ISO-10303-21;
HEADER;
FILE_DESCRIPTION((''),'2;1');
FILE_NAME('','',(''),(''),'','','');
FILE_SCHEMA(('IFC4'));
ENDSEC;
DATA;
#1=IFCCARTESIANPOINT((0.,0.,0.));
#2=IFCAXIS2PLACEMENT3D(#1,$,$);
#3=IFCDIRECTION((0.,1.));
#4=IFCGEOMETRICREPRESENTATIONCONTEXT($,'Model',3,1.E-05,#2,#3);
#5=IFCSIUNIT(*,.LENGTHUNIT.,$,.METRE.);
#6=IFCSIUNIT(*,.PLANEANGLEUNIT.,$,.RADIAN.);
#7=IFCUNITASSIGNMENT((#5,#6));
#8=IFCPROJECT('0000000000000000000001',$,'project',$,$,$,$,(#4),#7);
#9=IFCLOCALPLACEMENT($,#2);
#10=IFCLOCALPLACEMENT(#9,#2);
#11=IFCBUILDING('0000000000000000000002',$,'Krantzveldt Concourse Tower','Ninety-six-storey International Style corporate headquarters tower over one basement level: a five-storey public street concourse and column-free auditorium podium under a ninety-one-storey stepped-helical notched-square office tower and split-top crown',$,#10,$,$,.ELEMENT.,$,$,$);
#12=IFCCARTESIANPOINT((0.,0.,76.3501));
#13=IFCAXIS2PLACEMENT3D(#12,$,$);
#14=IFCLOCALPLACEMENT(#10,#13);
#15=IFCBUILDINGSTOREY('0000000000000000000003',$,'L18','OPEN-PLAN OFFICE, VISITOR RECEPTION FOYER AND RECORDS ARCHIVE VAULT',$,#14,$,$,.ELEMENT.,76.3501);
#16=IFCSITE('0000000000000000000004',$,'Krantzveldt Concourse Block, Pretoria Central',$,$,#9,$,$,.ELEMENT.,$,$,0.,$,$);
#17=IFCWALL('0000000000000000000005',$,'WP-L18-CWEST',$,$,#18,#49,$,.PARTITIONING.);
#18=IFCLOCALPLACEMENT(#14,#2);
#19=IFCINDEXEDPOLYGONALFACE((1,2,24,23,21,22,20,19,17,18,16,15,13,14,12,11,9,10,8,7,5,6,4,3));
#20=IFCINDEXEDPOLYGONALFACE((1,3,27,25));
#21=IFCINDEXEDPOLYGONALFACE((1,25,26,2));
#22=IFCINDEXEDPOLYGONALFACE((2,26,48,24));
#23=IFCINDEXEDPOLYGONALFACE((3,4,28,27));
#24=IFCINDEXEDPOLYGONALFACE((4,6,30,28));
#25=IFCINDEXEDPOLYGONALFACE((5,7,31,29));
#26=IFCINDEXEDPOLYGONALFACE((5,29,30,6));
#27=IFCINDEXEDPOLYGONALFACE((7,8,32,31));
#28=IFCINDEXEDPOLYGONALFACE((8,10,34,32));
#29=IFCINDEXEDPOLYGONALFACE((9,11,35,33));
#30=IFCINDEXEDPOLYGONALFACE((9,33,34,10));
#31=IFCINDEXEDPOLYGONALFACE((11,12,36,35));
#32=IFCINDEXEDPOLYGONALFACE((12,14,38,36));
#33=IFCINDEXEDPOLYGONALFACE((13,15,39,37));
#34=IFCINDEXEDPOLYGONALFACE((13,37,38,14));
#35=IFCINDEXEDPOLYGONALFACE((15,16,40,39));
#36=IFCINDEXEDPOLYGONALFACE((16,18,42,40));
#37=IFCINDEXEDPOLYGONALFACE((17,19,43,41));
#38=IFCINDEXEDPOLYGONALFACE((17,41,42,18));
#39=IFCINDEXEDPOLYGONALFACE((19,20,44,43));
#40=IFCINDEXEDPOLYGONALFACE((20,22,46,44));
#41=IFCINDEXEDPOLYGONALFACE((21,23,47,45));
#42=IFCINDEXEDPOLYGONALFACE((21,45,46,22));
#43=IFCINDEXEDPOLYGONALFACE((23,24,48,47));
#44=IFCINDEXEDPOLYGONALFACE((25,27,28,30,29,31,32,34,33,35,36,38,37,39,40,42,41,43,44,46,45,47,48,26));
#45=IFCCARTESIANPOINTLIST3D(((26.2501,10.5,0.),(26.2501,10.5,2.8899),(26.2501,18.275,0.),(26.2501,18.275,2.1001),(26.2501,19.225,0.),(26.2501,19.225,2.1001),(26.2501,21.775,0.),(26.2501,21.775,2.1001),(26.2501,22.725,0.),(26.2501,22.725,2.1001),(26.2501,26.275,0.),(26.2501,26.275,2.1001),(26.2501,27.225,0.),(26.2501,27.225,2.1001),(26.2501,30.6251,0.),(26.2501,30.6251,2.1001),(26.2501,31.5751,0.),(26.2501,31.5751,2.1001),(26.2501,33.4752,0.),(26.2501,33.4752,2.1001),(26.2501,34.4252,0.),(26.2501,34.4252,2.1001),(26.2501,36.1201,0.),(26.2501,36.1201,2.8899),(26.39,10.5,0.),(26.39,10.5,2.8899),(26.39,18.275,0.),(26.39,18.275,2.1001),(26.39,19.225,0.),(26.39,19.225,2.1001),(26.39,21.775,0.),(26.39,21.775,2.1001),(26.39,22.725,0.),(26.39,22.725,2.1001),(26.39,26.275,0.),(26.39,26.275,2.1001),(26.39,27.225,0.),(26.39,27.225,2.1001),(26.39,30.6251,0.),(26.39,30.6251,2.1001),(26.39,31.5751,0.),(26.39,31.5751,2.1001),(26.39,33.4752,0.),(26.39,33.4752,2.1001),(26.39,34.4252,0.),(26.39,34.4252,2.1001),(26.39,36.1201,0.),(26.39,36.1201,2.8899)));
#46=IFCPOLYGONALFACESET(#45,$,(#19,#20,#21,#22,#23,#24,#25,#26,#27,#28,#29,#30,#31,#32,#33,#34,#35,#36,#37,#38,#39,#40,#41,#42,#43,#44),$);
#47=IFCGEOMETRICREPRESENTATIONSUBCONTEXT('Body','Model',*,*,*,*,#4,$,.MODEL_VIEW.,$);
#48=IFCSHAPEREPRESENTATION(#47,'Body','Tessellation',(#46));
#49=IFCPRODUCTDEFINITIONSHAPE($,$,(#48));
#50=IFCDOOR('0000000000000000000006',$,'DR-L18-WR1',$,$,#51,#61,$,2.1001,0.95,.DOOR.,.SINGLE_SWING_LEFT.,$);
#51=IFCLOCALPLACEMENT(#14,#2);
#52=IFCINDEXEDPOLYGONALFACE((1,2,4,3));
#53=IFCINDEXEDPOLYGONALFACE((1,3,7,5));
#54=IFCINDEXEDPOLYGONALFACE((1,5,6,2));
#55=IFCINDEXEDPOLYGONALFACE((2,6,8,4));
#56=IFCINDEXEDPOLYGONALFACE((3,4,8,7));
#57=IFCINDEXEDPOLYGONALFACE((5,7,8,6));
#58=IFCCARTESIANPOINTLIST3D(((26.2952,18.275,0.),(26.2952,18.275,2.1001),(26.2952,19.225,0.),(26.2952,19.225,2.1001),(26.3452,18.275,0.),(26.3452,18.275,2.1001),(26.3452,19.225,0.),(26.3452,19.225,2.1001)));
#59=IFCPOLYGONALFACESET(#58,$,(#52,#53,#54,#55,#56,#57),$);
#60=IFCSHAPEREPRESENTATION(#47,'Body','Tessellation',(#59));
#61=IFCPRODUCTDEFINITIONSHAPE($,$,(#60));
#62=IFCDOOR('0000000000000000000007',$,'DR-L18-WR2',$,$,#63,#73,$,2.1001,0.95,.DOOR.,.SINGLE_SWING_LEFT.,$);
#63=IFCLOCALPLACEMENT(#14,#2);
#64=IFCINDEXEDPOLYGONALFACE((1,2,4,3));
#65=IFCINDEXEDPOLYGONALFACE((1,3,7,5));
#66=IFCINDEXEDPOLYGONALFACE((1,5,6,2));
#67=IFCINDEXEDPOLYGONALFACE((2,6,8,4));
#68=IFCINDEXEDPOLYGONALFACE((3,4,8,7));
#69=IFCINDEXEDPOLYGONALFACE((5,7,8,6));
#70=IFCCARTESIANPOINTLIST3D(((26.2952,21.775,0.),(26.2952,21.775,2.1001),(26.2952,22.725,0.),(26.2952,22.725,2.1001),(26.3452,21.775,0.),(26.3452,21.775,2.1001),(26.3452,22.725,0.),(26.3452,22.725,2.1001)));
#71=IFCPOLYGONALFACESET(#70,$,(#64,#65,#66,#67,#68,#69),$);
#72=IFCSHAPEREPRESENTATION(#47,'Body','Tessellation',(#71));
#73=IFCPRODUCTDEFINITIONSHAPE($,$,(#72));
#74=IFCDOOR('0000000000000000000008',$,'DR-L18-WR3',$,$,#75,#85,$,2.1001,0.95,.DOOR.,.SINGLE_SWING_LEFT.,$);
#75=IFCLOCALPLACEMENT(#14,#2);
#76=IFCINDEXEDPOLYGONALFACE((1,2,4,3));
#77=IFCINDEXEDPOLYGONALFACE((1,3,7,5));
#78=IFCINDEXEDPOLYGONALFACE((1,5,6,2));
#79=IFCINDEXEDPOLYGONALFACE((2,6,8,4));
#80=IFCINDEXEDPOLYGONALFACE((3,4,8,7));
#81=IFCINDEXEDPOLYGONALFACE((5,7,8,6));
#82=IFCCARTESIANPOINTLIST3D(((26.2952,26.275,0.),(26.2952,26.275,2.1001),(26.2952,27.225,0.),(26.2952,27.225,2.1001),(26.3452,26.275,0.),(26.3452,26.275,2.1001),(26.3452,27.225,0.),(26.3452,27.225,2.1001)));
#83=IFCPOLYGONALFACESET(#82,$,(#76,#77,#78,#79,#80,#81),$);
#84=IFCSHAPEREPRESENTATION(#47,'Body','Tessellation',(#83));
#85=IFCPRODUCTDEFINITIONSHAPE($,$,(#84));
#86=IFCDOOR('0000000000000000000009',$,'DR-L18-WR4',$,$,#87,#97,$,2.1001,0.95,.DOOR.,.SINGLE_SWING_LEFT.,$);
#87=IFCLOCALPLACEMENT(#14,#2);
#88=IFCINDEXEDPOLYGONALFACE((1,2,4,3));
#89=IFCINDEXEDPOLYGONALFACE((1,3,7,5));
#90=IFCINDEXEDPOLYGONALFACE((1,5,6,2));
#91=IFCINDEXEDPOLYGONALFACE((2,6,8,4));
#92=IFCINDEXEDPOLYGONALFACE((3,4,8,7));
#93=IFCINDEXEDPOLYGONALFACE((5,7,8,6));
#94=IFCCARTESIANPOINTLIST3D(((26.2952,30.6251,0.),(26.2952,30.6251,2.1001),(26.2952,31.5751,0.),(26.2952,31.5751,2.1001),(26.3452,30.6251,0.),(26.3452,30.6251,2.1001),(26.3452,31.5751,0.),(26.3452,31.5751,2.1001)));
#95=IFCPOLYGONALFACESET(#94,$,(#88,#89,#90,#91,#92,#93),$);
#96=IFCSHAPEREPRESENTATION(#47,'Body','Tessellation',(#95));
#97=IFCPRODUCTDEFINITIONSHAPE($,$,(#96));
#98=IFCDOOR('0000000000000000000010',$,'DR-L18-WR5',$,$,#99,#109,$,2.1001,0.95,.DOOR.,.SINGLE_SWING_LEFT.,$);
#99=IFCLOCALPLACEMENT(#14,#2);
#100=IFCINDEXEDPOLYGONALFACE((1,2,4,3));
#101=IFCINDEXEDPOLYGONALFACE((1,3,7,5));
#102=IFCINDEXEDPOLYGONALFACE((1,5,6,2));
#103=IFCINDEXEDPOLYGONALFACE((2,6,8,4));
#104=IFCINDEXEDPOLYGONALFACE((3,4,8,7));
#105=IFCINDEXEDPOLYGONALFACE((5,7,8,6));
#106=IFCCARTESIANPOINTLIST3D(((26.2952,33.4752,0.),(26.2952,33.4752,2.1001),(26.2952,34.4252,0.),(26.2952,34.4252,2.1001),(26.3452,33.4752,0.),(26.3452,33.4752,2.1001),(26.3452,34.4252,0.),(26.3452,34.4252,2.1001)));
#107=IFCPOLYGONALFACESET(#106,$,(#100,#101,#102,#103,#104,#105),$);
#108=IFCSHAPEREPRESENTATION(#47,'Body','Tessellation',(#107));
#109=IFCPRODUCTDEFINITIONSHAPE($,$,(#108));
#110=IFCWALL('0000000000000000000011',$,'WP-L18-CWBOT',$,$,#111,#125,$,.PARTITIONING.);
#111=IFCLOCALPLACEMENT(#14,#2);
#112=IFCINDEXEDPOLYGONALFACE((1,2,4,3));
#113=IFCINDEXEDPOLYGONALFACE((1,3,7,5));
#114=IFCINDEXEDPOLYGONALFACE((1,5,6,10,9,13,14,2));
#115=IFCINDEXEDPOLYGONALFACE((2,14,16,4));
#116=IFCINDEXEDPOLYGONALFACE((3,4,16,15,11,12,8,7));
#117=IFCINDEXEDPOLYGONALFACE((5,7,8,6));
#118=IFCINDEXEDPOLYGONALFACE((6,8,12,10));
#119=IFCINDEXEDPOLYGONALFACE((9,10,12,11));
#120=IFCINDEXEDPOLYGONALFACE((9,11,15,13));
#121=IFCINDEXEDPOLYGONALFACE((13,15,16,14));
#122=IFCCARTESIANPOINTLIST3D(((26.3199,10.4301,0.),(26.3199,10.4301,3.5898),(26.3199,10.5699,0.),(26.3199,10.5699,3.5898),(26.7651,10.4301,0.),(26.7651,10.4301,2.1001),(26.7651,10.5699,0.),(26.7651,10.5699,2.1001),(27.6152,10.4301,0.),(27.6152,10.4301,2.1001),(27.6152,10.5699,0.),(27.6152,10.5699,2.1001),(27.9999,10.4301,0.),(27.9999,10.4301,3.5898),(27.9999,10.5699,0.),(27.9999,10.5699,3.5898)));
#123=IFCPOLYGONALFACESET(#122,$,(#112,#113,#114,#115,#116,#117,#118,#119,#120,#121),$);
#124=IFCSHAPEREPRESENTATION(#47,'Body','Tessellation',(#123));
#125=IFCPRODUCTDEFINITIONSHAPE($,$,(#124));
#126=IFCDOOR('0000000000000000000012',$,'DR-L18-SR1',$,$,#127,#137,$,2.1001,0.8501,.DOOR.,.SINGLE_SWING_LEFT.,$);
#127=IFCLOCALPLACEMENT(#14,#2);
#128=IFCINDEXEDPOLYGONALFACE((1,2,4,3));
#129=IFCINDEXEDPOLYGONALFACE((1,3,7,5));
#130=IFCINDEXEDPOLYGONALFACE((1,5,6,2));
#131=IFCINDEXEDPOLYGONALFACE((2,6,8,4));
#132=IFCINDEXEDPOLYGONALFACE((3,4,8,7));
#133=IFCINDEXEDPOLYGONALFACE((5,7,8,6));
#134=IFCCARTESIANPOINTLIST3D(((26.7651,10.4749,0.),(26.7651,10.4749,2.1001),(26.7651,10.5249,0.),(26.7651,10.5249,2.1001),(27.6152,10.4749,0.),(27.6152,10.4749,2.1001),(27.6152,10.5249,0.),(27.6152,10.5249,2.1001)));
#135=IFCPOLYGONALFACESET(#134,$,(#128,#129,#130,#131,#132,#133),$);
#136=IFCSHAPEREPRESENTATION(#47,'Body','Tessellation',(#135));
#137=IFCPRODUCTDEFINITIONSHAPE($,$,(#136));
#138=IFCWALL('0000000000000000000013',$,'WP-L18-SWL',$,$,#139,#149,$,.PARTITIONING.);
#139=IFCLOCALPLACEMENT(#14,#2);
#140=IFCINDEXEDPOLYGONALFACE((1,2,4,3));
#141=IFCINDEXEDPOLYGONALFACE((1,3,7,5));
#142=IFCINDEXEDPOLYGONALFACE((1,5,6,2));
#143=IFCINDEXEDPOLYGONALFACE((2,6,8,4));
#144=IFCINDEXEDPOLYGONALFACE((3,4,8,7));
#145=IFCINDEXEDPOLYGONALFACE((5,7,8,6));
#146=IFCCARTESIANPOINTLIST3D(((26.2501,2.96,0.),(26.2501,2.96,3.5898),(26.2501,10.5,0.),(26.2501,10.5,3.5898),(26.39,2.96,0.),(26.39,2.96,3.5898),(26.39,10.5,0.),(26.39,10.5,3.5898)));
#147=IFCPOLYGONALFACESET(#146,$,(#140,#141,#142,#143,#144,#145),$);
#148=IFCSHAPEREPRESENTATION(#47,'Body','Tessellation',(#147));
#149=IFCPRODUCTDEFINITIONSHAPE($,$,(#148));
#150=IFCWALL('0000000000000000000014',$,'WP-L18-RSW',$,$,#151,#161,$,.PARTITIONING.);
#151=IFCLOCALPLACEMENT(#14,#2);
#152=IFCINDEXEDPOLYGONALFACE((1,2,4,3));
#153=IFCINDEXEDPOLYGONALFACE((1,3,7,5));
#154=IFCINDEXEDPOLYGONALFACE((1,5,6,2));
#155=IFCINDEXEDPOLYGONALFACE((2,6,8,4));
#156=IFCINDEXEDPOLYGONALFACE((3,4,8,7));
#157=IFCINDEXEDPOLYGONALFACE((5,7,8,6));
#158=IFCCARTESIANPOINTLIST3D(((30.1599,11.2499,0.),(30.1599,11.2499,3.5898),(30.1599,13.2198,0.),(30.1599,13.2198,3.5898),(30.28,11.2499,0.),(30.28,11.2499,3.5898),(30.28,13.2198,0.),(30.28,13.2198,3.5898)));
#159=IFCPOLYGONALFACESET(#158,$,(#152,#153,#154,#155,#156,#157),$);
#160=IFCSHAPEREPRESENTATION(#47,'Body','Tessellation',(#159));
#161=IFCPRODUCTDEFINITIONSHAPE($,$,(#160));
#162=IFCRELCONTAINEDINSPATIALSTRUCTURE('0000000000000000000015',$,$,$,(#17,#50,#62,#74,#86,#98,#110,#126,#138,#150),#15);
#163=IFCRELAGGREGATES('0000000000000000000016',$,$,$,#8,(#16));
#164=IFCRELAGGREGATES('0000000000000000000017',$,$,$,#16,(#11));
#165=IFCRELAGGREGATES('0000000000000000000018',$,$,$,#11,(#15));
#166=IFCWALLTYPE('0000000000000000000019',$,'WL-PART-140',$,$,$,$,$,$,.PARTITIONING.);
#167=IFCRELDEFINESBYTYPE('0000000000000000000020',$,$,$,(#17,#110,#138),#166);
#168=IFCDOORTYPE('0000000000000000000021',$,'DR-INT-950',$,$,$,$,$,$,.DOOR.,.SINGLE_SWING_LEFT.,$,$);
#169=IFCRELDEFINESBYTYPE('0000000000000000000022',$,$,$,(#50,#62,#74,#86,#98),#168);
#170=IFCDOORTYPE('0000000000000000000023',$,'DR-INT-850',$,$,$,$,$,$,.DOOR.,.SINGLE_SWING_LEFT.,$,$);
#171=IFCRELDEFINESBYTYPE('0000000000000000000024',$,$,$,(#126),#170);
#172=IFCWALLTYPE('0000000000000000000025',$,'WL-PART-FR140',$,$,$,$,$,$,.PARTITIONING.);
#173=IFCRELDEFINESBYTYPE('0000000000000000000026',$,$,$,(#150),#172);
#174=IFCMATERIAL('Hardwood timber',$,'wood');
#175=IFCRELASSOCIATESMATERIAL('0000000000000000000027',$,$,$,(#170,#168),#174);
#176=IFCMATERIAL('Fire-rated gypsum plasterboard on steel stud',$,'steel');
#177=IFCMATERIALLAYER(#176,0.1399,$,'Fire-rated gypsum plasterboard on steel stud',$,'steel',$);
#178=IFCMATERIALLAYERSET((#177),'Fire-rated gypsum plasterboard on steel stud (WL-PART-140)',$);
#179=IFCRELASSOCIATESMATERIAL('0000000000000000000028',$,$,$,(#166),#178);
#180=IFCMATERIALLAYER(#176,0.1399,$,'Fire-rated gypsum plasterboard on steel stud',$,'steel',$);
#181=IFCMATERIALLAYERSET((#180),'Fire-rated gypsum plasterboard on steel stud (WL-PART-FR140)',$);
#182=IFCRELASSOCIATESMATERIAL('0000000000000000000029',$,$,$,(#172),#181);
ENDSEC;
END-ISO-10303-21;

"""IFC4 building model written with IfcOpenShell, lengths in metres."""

from ifc_helpers import new_model, si_unit, direction, frame, frame_2d, origin, place, context, subcontext, project, spatial, rectangle, extrude, material, layer, layer_set, type_object, element, fill, save


model = new_model("IFC4")

# Units and contexts
model_context = context("Model", 3, precision=1e-05, world=origin(), true_north=direction((0.0, 1.0)))
body_context = subcontext(model_context, "Body", "Model", "MODEL_VIEW")
ifc_project = project(units=[si_unit("LENGTHUNIT", "METRE"), si_unit("PLANEANGLEUNIT", "RADIAN")], contexts=[model_context])

# Site, building, storey
site_placement = place(None, origin())
site = spatial("IfcSite", under=ifc_project, at=site_placement, Name="Krantzveldt Concourse Block, Pretoria Central", CompositionType="ELEMENT", RefElevation=0.0)
building_placement = place(site_placement, origin())
building = spatial("IfcBuilding", under=site, at=building_placement, Name="Krantzveldt Concourse Tower", Description="Ninety-six-storey International Style corporate headquarters tower over one basement level: a five-storey public street concourse and column-free auditorium podium under a ninety-one-storey stepped-helical notched-square office tower and split-top crown", CompositionType="ELEMENT")
storey_placement = place(building_placement, frame((0.0, 0.0, 76.3501)))
storey = spatial("IfcBuildingStorey", under=building, at=storey_placement, Name="L18", Description="OPEN-PLAN OFFICE, VISITOR RECEPTION FOYER AND RECORDS ARCHIVE VAULT", CompositionType="ELEMENT", Elevation=76.3501)

# Shared definitions
ifc_material_1 = material(Name="Fire-rated gypsum plasterboard on steel stud", Category="steel")
ifc_material_2 = material(Name="Hardwood timber", Category="wood")
door_type_1 = type_object("IfcDoorType", Name="DR-INT-850", OperationType="SINGLE_SWING_LEFT", PredefinedType="DOOR", material=ifc_material_2)

# Wall, openings, doors
ifc_layer_1 = layer(ifc_material_1, 0.1399, Name="Fire-rated gypsum plasterboard on steel stud", Category="steel")
ifc_layer_set_1 = layer_set([ifc_layer_1], Name="Fire-rated gypsum plasterboard on steel stud (WL-PART-140)")
wall_type_1 = type_object("IfcWallType", Name="WL-PART-140", PredefinedType="PARTITIONING", material=ifc_layer_set_1)
wall_1_placement = place(storey_placement, frame((26.3201, 10.5, 0.0), z_axis=(0.0, 0.0, 1.0), x_axis=(0.0, 1.0, 0.0)))
wall_1 = element("IfcWall", 1, at=wall_1_placement, inside=storey, type_object=wall_type_1, Name="WP-L18-CWEST", PredefinedType="PARTITIONING", context=body_context, shape_type="SweptSolid", body=[
    extrude(rectangle(XDim=25.6201, YDim=0.1399, at=frame_2d((12.8101, 0.0))), origin(), (0.0, 0.0, 1.0), 2.8899),
])
opening_1_placement = place(wall_1_placement, frame((7.7749, 0.0, 0.0)))
opening_1 = element("IfcOpeningElement", 2, at=opening_1_placement, cuts=wall_1, PredefinedType="OPENING", context=body_context, shape_type="SweptSolid", body=[
    extrude(rectangle(XDim=0.95, YDim=2.1001, at=frame_2d((0.4751, 1.05))), frame((0.0, 0.0801, 0.0), z_axis=(0.0, -1.0, 0.0), x_axis=(1.0, 0.0, 0.0)), (0.0, 0.0, 1.0), 0.1599),
])
opening_2_placement = place(wall_1_placement, frame((11.2749, 0.0, 0.0)))
opening_2 = element("IfcOpeningElement", 3, at=opening_2_placement, cuts=wall_1, PredefinedType="OPENING", context=body_context, shape_type="SweptSolid", body=[
    extrude(rectangle(XDim=0.95, YDim=2.1001, at=frame_2d((0.4751, 1.05))), frame((0.0, 0.0801, 0.0), z_axis=(0.0, -1.0, 0.0), x_axis=(1.0, 0.0, 0.0)), (0.0, 0.0, 1.0), 0.1599),
])
opening_3_placement = place(wall_1_placement, frame((15.7749, 0.0, 0.0)))
opening_3 = element("IfcOpeningElement", 4, at=opening_3_placement, cuts=wall_1, PredefinedType="OPENING", context=body_context, shape_type="SweptSolid", body=[
    extrude(rectangle(XDim=0.95, YDim=2.1001, at=frame_2d((0.4751, 1.05))), frame((0.0, 0.0801, 0.0), z_axis=(0.0, -1.0, 0.0), x_axis=(1.0, 0.0, 0.0)), (0.0, 0.0, 1.0), 0.1599),
])
opening_4_placement = place(wall_1_placement, frame((20.125, 0.0, 0.0)))
opening_4 = element("IfcOpeningElement", 5, at=opening_4_placement, cuts=wall_1, PredefinedType="OPENING", context=body_context, shape_type="SweptSolid", body=[
    extrude(rectangle(XDim=0.95, YDim=2.1001, at=frame_2d((0.4751, 1.05))), frame((0.0, 0.0801, 0.0), z_axis=(0.0, -1.0, 0.0), x_axis=(1.0, 0.0, 0.0)), (0.0, 0.0, 1.0), 0.1599),
])
opening_5_placement = place(wall_1_placement, frame((22.9751, 0.0, 0.0)))
opening_5 = element("IfcOpeningElement", 6, at=opening_5_placement, cuts=wall_1, PredefinedType="OPENING", context=body_context, shape_type="SweptSolid", body=[
    extrude(rectangle(XDim=0.95, YDim=2.1001, at=frame_2d((0.4751, 1.05))), frame((0.0, 0.0801, 0.0), z_axis=(0.0, -1.0, 0.0), x_axis=(1.0, 0.0, 0.0)), (0.0, 0.0, 1.0), 0.1599),
])
door_type_2 = type_object("IfcDoorType", Name="DR-INT-950", OperationType="SINGLE_SWING_LEFT", PredefinedType="DOOR", material=ifc_material_2)
door_1_placement = place(opening_1_placement, origin())
door_1 = element("IfcDoor", 7, at=door_1_placement, inside=storey, type_object=door_type_2, Name="DR-L18-WR1", OperationType="SINGLE_SWING_LEFT", OverallHeight=2.1001, OverallWidth=0.95, PredefinedType="DOOR", context=body_context, shape_type="SweptSolid", body=[
    extrude(rectangle(XDim=0.95, YDim=2.1001, at=frame_2d((0.4751, 1.05))), frame((0.0, 0.0249, 0.0), z_axis=(0.0, -1.0, 0.0), x_axis=(1.0, 0.0, 0.0)), (0.0, 0.0, 1.0), 0.05),
])
fill(opening_1, door_1)
door_2_placement = place(opening_2_placement, origin())
door_2 = element("IfcDoor", 8, at=door_2_placement, inside=storey, type_object=door_type_2, Name="DR-L18-WR2", OperationType="SINGLE_SWING_LEFT", OverallHeight=2.1001, OverallWidth=0.95, PredefinedType="DOOR", context=body_context, shape_type="SweptSolid", body=[
    extrude(rectangle(XDim=0.95, YDim=2.1001, at=frame_2d((0.4751, 1.05))), frame((0.0, 0.0249, 0.0), z_axis=(0.0, -1.0, 0.0), x_axis=(1.0, 0.0, 0.0)), (0.0, 0.0, 1.0), 0.05),
])
fill(opening_2, door_2)
door_3_placement = place(opening_3_placement, origin())
door_3 = element("IfcDoor", 9, at=door_3_placement, inside=storey, type_object=door_type_2, Name="DR-L18-WR3", OperationType="SINGLE_SWING_LEFT", OverallHeight=2.1001, OverallWidth=0.95, PredefinedType="DOOR", context=body_context, shape_type="SweptSolid", body=[
    extrude(rectangle(XDim=0.95, YDim=2.1001, at=frame_2d((0.4751, 1.05))), frame((0.0, 0.0249, 0.0), z_axis=(0.0, -1.0, 0.0), x_axis=(1.0, 0.0, 0.0)), (0.0, 0.0, 1.0), 0.05),
])
fill(opening_3, door_3)
door_4_placement = place(opening_4_placement, origin())
door_4 = element("IfcDoor", 10, at=door_4_placement, inside=storey, type_object=door_type_2, Name="DR-L18-WR4", OperationType="SINGLE_SWING_LEFT", OverallHeight=2.1001, OverallWidth=0.95, PredefinedType="DOOR", context=body_context, shape_type="SweptSolid", body=[
    extrude(rectangle(XDim=0.95, YDim=2.1001, at=frame_2d((0.4751, 1.05))), frame((0.0, 0.0249, 0.0), z_axis=(0.0, -1.0, 0.0), x_axis=(1.0, 0.0, 0.0)), (0.0, 0.0, 1.0), 0.05),
])
fill(opening_4, door_4)
door_5_placement = place(opening_5_placement, origin())
door_5 = element("IfcDoor", 11, at=door_5_placement, inside=storey, type_object=door_type_2, Name="DR-L18-WR5", OperationType="SINGLE_SWING_LEFT", OverallHeight=2.1001, OverallWidth=0.95, PredefinedType="DOOR", context=body_context, shape_type="SweptSolid", body=[
    extrude(rectangle(XDim=0.95, YDim=2.1001, at=frame_2d((0.4751, 1.05))), frame((0.0, 0.0249, 0.0), z_axis=(0.0, -1.0, 0.0), x_axis=(1.0, 0.0, 0.0)), (0.0, 0.0, 1.0), 0.05),
])
fill(opening_5, door_5)

# Wall, opening, door
wall_2_placement = place(storey_placement, frame((26.3201, 10.5, 0.0), z_axis=(0.0, 0.0, 1.0), x_axis=(1.0, 0.0, 0.0)))
wall_2 = element("IfcWall", 12, at=wall_2_placement, inside=storey, type_object=wall_type_1, Name="WP-L18-CWBOT", PredefinedType="PARTITIONING", context=body_context, shape_type="SweptSolid", body=[
    extrude(rectangle(XDim=1.6799, YDim=0.1399, at=frame_2d((0.8398, 0.0))), origin(), (0.0, 0.0, 1.0), 3.5898),
])
opening_6_placement = place(wall_2_placement, frame((0.4451, 0.0, 0.0)))
opening_6 = element("IfcOpeningElement", 13, at=opening_6_placement, cuts=wall_2, PredefinedType="OPENING", context=body_context, shape_type="SweptSolid", body=[
    extrude(rectangle(XDim=0.8501, YDim=2.1001, at=frame_2d((0.425, 1.05))), frame((0.0, 0.0801, 0.0), z_axis=(0.0, -1.0, 0.0), x_axis=(1.0, 0.0, 0.0)), (0.0, 0.0, 1.0), 0.1599),
])
door_6_placement = place(opening_6_placement, origin())
door_6 = element("IfcDoor", 14, at=door_6_placement, inside=storey, type_object=door_type_1, Name="DR-L18-SR1", OperationType="SINGLE_SWING_LEFT", OverallHeight=2.1001, OverallWidth=0.8501, PredefinedType="DOOR", context=body_context, shape_type="SweptSolid", body=[
    extrude(rectangle(XDim=0.8501, YDim=2.1001, at=frame_2d((0.425, 1.05))), frame((0.0, 0.0249, 0.0), z_axis=(0.0, -1.0, 0.0), x_axis=(1.0, 0.0, 0.0)), (0.0, 0.0, 1.0), 0.05),
])
fill(opening_6, door_6)

# Walls
wall_3_placement = place(storey_placement, frame((26.3201, 2.96, 0.0), z_axis=(0.0, 0.0, 1.0), x_axis=(0.0, 1.0, 0.0)))
element("IfcWall", 15, at=wall_3_placement, inside=storey, type_object=wall_type_1, Name="WP-L18-SWL", PredefinedType="PARTITIONING", context=body_context, shape_type="SweptSolid", body=[
    extrude(rectangle(XDim=7.54, YDim=0.1399, at=frame_2d((3.77, 0.0))), origin(), (0.0, 0.0, 1.0), 3.5898),
])
ifc_layer_2 = layer(ifc_material_1, 0.1399, Name="Fire-rated gypsum plasterboard on steel stud", Category="steel")
ifc_layer_set_2 = layer_set([ifc_layer_2], Name="Fire-rated gypsum plasterboard on steel stud (WL-PART-FR140)")
wall_type_2 = type_object("IfcWallType", Name="WL-PART-FR140", PredefinedType="PARTITIONING", material=ifc_layer_set_2)
wall_4_placement = place(storey_placement, frame((30.22, 11.25, 0.0), z_axis=(0.0, 0.0, 1.0), x_axis=(0.0, 1.0, 0.0)))
element("IfcWall", 16, at=wall_4_placement, inside=storey, type_object=wall_type_2, Name="WP-L18-RSW", PredefinedType="PARTITIONING", context=body_context, shape_type="SweptSolid", body=[
    extrude(rectangle(XDim=1.97, YDim=0.1201, at=frame_2d((0.9849, 0.0))), origin(), (0.0, 0.0, 1.0), 3.5898),
])

save(model, "model.ifc")
